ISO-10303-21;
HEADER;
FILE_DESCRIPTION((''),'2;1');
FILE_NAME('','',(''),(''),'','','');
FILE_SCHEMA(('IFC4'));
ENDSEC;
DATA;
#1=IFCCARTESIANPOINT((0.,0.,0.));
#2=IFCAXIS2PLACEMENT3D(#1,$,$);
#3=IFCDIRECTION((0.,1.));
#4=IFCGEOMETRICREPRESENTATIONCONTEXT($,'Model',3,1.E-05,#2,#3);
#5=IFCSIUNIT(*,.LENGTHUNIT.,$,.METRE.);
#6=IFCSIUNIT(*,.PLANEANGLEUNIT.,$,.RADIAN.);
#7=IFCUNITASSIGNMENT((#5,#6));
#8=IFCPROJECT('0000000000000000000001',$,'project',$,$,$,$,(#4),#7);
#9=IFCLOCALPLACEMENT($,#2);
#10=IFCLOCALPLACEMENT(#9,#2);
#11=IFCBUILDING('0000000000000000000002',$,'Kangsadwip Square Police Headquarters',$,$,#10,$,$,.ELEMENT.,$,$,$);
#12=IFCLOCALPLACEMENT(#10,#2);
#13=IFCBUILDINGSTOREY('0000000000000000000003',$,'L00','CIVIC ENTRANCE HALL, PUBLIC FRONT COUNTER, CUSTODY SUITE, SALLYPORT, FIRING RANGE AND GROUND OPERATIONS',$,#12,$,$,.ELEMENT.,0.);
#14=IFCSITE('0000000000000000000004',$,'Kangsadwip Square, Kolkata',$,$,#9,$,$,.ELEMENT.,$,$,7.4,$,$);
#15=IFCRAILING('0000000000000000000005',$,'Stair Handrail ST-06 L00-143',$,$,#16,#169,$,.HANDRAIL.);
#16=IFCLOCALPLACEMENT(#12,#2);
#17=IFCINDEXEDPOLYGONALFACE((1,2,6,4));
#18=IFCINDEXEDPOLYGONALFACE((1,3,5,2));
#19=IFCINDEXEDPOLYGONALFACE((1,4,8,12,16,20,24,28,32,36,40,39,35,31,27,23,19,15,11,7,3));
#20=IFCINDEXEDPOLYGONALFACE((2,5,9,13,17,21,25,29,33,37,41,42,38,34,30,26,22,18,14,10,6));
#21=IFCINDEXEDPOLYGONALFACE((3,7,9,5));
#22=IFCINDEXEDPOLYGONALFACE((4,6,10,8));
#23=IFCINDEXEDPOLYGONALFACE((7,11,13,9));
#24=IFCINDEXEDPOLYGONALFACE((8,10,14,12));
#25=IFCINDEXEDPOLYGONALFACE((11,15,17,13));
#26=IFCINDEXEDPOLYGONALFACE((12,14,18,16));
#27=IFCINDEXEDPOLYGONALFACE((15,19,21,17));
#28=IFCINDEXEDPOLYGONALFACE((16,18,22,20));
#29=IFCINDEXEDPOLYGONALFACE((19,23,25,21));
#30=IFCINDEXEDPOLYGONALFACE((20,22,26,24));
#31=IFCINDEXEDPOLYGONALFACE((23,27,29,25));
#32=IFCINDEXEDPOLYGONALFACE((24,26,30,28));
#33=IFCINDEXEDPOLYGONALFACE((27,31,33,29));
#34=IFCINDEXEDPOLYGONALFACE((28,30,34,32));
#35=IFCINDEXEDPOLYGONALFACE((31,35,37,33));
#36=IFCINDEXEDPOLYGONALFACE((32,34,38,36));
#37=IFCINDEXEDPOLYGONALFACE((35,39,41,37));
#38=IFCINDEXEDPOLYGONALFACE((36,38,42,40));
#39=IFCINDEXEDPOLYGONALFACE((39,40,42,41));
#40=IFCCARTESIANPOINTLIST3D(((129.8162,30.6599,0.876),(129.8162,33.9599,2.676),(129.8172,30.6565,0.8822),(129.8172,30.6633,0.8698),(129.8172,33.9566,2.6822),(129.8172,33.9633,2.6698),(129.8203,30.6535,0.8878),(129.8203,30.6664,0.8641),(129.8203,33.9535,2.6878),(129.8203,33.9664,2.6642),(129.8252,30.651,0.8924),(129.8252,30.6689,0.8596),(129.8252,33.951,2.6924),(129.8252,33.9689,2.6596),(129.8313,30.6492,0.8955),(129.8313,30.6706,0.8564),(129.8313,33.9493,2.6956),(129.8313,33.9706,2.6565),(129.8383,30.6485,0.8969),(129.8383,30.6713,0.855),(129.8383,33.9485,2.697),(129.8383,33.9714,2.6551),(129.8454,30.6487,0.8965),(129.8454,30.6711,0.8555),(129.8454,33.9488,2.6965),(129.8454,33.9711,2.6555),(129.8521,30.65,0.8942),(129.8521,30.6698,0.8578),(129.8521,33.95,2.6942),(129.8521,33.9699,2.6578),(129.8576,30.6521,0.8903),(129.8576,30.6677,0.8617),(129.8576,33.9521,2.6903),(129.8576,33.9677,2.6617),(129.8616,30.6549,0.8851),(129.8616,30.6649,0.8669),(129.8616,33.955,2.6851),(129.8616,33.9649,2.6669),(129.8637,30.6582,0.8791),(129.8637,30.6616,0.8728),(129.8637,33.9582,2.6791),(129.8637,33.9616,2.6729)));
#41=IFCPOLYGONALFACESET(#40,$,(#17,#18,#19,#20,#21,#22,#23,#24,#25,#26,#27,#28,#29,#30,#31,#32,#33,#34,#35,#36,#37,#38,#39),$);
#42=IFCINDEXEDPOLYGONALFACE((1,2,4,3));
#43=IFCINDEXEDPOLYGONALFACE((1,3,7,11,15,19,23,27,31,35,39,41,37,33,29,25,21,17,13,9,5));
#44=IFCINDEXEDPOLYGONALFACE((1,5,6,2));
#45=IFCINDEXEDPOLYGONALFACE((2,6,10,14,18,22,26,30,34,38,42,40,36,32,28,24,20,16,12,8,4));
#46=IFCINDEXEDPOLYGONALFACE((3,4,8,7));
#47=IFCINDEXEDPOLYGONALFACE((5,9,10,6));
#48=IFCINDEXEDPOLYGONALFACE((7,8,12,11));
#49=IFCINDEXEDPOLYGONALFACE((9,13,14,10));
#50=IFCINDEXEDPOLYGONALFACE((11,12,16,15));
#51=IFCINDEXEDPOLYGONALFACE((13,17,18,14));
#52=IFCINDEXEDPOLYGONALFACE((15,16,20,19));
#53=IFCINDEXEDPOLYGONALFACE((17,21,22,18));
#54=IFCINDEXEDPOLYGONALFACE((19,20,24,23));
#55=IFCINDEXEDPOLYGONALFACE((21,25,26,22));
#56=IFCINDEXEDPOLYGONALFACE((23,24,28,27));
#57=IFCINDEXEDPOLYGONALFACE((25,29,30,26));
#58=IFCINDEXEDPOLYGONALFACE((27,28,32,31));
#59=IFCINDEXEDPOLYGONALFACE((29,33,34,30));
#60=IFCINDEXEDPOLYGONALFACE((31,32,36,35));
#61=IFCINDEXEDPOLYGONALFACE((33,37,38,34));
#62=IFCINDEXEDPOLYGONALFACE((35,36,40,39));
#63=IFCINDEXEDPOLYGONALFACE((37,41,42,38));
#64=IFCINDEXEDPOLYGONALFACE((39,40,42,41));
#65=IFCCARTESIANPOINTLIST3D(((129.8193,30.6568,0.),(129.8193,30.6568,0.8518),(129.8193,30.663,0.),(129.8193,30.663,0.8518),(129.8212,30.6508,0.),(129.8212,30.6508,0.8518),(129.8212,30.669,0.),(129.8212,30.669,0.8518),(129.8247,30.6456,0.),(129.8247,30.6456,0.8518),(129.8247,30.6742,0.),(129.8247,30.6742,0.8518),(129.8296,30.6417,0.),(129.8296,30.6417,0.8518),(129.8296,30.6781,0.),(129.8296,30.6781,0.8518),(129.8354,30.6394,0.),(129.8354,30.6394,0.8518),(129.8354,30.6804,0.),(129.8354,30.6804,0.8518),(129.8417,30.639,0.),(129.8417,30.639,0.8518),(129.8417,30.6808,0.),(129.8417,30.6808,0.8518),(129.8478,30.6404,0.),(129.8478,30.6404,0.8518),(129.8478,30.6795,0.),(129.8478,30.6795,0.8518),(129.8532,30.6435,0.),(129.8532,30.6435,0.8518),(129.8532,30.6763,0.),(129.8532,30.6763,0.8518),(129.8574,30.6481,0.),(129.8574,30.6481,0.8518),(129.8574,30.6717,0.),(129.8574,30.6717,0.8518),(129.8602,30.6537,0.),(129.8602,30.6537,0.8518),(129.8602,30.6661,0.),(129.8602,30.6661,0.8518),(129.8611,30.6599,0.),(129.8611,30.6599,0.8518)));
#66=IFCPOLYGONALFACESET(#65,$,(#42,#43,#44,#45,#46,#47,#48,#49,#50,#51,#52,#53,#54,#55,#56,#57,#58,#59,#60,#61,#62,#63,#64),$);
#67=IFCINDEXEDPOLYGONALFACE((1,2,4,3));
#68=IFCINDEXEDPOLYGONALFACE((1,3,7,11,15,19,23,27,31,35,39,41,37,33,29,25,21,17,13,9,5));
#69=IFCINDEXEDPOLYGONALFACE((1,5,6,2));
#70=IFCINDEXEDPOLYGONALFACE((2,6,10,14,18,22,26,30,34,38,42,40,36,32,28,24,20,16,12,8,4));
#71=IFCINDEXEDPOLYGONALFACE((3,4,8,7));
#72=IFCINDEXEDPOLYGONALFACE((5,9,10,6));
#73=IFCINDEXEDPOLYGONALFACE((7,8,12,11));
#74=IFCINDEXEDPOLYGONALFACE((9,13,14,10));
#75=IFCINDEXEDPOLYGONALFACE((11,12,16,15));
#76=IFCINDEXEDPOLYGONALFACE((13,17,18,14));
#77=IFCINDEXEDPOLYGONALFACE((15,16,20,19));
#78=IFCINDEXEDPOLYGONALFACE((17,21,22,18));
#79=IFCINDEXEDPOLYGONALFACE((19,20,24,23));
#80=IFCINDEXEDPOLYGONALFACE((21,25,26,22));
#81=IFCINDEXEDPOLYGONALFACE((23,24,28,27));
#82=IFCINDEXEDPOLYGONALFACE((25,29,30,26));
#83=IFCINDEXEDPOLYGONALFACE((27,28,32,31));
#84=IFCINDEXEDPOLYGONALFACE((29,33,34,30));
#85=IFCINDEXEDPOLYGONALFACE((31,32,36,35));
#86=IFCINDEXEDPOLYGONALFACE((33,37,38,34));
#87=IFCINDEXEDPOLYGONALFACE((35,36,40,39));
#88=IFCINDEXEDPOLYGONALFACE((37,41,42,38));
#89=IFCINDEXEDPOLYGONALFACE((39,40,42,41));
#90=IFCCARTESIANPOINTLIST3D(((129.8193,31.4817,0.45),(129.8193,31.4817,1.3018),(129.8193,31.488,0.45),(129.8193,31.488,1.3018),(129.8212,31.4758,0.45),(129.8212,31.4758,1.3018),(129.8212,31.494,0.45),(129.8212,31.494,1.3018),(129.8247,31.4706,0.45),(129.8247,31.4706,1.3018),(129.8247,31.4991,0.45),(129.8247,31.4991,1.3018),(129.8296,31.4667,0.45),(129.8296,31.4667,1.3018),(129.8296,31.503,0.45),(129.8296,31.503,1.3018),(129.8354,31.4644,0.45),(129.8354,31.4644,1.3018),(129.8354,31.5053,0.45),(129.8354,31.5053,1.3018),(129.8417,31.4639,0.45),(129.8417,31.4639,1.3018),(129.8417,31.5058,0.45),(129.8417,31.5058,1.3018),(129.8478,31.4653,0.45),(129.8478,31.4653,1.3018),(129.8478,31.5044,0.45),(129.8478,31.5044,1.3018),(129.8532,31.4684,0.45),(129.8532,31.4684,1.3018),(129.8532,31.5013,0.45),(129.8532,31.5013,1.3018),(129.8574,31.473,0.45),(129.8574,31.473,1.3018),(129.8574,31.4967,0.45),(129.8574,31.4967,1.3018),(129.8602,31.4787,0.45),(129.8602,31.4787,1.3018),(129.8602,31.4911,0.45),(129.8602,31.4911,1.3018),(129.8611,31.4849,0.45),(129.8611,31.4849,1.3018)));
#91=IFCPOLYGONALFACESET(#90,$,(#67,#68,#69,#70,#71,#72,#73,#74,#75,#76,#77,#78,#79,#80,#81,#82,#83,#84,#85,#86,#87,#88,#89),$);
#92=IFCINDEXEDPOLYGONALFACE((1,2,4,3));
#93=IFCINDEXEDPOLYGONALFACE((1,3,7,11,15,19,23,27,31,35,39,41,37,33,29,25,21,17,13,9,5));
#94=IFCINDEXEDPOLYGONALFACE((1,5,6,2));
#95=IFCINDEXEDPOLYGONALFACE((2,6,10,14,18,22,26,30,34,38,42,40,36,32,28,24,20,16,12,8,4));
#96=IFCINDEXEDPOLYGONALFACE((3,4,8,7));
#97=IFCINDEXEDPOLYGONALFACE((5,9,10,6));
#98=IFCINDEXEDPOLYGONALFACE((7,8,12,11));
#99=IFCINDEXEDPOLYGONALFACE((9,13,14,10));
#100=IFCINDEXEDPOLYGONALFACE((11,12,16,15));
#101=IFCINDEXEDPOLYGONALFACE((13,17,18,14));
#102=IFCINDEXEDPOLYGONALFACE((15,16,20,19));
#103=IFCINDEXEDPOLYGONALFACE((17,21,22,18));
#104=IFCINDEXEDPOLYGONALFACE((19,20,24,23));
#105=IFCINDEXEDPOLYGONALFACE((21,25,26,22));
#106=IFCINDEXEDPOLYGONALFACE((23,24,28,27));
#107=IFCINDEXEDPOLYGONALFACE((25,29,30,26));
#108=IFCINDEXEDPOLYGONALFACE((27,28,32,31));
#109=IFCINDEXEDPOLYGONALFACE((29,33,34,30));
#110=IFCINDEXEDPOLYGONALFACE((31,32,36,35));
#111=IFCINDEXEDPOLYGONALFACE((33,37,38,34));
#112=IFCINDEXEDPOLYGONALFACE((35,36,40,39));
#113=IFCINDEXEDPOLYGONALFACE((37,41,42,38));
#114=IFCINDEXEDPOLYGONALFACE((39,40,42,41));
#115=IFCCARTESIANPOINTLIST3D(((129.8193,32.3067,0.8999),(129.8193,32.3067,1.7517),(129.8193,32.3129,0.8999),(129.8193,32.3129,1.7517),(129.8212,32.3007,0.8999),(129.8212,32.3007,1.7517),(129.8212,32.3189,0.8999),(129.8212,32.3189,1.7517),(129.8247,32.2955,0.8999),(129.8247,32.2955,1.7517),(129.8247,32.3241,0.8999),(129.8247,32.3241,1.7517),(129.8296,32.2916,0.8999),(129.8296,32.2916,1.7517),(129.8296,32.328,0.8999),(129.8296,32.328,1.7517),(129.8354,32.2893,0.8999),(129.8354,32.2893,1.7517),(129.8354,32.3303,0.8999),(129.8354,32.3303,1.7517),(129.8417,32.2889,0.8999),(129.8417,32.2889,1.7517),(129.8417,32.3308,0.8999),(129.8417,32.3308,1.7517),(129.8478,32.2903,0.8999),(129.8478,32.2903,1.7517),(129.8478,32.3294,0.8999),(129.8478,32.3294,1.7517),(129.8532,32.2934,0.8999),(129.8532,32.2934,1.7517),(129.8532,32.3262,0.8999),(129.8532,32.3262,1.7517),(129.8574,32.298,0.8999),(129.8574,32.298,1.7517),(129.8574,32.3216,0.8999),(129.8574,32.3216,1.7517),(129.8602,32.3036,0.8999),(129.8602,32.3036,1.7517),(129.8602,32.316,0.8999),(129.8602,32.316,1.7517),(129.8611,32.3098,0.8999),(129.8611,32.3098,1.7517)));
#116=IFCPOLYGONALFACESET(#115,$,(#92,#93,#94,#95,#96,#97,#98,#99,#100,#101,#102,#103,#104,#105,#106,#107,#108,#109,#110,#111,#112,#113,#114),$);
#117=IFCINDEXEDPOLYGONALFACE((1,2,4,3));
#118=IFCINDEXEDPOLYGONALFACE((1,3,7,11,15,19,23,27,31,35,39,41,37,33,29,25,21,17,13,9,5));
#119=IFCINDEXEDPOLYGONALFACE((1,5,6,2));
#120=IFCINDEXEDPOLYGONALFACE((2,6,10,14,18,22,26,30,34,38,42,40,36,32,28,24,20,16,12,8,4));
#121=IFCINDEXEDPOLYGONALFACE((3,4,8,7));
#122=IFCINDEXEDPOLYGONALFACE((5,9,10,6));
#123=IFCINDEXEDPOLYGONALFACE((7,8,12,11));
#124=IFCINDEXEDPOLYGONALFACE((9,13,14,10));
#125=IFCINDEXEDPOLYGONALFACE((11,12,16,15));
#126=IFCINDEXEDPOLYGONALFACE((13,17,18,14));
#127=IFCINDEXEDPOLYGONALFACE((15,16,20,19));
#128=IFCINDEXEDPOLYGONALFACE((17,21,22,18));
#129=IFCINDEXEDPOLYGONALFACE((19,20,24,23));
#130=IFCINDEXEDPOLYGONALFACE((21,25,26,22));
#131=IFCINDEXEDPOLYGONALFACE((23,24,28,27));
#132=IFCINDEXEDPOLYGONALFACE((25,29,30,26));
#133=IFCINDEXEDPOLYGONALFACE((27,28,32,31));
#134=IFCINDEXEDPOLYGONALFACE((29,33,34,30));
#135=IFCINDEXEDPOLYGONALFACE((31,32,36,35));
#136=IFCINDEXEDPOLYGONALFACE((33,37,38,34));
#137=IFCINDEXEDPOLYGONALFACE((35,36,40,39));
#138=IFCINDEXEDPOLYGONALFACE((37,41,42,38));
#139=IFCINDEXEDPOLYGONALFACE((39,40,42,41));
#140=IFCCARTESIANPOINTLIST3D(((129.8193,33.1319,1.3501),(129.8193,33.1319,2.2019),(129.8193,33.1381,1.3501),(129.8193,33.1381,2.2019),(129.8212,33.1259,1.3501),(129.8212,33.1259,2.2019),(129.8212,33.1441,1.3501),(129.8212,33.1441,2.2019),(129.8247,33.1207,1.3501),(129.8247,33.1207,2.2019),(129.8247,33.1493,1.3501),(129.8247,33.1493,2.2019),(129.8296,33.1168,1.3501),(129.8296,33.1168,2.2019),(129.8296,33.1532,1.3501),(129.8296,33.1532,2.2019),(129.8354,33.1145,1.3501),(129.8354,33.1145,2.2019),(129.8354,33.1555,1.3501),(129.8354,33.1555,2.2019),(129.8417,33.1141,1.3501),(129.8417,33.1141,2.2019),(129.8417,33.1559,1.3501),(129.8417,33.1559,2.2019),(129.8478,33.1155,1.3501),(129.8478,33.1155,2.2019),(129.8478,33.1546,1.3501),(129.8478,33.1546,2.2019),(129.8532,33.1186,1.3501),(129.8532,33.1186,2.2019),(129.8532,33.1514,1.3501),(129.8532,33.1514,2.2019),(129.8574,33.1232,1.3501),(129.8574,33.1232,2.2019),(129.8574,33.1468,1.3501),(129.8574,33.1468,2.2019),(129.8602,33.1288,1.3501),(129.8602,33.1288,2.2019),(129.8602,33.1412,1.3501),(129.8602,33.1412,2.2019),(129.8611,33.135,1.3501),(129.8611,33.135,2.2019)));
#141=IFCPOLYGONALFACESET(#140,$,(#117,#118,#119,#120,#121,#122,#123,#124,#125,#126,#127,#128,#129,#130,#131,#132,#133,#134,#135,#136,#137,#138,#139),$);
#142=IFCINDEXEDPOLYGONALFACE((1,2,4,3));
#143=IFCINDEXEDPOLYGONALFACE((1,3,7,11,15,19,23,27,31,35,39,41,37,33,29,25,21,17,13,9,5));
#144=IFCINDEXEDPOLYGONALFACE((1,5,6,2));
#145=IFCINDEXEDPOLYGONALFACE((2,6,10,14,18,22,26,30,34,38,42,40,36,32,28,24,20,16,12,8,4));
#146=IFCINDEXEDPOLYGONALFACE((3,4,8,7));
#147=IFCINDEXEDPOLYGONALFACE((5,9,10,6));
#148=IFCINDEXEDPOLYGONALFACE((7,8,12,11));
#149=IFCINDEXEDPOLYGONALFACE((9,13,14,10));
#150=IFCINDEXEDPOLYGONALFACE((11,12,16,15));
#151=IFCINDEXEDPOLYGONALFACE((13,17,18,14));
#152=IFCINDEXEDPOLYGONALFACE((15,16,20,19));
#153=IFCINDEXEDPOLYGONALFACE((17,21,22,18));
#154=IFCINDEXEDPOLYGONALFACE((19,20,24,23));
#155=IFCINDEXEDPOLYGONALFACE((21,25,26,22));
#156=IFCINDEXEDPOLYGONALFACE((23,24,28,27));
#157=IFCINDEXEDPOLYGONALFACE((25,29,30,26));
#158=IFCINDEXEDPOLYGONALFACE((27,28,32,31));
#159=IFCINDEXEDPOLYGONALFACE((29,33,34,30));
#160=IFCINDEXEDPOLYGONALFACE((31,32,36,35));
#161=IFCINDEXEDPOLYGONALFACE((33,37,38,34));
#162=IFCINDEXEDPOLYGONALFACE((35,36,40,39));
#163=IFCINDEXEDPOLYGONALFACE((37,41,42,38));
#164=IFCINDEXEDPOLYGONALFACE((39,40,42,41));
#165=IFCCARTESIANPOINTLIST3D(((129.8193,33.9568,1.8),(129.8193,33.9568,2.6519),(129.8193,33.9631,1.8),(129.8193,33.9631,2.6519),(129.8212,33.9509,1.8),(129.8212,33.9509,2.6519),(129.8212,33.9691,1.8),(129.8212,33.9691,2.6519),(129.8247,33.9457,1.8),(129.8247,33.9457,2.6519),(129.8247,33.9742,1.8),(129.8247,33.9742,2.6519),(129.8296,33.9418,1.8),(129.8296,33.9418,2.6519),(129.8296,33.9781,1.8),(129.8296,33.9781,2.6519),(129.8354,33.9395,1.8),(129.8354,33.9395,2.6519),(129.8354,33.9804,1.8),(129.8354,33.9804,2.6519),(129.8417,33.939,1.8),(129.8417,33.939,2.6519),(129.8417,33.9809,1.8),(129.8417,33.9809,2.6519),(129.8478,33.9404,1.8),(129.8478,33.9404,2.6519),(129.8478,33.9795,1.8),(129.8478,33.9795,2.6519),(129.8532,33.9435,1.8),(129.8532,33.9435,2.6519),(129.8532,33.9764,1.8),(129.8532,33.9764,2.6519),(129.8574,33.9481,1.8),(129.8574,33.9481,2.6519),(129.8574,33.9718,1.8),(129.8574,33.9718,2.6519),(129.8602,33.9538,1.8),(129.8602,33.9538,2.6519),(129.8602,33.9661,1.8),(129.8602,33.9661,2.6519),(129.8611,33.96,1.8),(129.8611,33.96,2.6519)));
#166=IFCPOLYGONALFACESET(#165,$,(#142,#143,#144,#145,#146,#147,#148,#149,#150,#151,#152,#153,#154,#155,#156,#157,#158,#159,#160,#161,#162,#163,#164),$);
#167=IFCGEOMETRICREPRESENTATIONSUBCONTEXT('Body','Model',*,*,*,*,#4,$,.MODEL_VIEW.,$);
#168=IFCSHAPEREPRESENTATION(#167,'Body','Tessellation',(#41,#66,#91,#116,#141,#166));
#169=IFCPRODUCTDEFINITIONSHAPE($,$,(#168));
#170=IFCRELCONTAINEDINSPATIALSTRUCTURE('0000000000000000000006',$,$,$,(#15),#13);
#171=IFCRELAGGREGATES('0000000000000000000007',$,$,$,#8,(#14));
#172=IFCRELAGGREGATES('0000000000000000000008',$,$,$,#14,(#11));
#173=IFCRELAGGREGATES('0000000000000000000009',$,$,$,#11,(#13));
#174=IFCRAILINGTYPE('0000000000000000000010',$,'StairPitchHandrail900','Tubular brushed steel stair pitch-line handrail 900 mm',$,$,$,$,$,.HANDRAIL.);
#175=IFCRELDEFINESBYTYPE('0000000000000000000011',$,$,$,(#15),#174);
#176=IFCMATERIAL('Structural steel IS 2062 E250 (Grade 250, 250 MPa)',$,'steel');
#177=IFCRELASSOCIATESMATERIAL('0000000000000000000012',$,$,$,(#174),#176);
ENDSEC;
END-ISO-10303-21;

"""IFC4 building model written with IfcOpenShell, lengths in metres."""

from ifc_helpers import new_model, si_unit, direction, frame, origin, origin_2d, place, context, subcontext, project, spatial, circle, extrude, material, type_object, element, save


model = new_model("IFC4")

# Units and contexts
model_context = context("Model", 3, precision=1e-05, world=origin(), true_north=direction((0.0, 1.0)))
body_context = subcontext(model_context, "Body", "Model", "MODEL_VIEW")
ifc_project = project(units=[si_unit("LENGTHUNIT", "METRE"), si_unit("PLANEANGLEUNIT", "RADIAN")], contexts=[model_context])

# Site, building, storey
site_placement = place(None, origin())
site = spatial("IfcSite", under=ifc_project, at=site_placement, Name="Kangsadwip Square, Kolkata", CompositionType="ELEMENT", RefElevation=7.4)
building_placement = place(site_placement, origin())
building = spatial("IfcBuilding", under=site, at=building_placement, Name="Kangsadwip Square Police Headquarters", CompositionType="ELEMENT")
storey_placement = place(building_placement, origin())
storey = spatial("IfcBuildingStorey", under=building, at=storey_placement, Name="L00", Description="CIVIC ENTRANCE HALL, PUBLIC FRONT COUNTER, CUSTODY SUITE, SALLYPORT, FIRING RANGE AND GROUND OPERATIONS", CompositionType="ELEMENT", Elevation=0.0)

# Railing
ifc_material_1 = material(Name="Structural steel IS 2062 E250 (Grade 250, 250 MPa)", Category="steel")
railing_type = type_object("IfcRailingType", Name="StairPitchHandrail900", Description="Tubular brushed steel stair pitch-line handrail 900 mm", PredefinedType="HANDRAIL", material=ifc_material_1)
railing_1_placement = place(storey_placement, frame((129.8401, 30.6599, 0.0)))
element("IfcRailing", 1, at=railing_1_placement, inside=storey, type_object=railing_type, Name="Stair Handrail ST-06 L00-143", PredefinedType="HANDRAIL", context=body_context, shape_type="SweptSolid", body=[
    extrude(circle(Radius=0.0239, at=origin_2d()), frame((0.0, 0.0, 0.876), z_axis=(0.0, 0.877893, 0.478857), x_axis=(-1.0, 0.0, 0.0)), (0.0, 0.0, 1.0), 3.759),
    extrude(circle(Radius=0.021, at=origin_2d()), origin(), (0.0, 0.0, 1.0), 0.8518),
    extrude(circle(Radius=0.021, at=origin_2d()), frame((0.0, 0.825, 0.45)), (0.0, 0.0, 1.0), 0.8518),
    extrude(circle(Radius=0.021, at=origin_2d()), frame((0.0, 1.6499, 0.8999)), (0.0, 0.0, 1.0), 0.8518),
    extrude(circle(Radius=0.021, at=origin_2d()), frame((0.0, 2.4751, 1.3501)), (0.0, 0.0, 1.0), 0.8518),
    extrude(circle(Radius=0.021, at=origin_2d()), frame((0.0, 3.3, 1.8)), (0.0, 0.0, 1.0), 0.8518),
])

save(model, "model.ifc")
